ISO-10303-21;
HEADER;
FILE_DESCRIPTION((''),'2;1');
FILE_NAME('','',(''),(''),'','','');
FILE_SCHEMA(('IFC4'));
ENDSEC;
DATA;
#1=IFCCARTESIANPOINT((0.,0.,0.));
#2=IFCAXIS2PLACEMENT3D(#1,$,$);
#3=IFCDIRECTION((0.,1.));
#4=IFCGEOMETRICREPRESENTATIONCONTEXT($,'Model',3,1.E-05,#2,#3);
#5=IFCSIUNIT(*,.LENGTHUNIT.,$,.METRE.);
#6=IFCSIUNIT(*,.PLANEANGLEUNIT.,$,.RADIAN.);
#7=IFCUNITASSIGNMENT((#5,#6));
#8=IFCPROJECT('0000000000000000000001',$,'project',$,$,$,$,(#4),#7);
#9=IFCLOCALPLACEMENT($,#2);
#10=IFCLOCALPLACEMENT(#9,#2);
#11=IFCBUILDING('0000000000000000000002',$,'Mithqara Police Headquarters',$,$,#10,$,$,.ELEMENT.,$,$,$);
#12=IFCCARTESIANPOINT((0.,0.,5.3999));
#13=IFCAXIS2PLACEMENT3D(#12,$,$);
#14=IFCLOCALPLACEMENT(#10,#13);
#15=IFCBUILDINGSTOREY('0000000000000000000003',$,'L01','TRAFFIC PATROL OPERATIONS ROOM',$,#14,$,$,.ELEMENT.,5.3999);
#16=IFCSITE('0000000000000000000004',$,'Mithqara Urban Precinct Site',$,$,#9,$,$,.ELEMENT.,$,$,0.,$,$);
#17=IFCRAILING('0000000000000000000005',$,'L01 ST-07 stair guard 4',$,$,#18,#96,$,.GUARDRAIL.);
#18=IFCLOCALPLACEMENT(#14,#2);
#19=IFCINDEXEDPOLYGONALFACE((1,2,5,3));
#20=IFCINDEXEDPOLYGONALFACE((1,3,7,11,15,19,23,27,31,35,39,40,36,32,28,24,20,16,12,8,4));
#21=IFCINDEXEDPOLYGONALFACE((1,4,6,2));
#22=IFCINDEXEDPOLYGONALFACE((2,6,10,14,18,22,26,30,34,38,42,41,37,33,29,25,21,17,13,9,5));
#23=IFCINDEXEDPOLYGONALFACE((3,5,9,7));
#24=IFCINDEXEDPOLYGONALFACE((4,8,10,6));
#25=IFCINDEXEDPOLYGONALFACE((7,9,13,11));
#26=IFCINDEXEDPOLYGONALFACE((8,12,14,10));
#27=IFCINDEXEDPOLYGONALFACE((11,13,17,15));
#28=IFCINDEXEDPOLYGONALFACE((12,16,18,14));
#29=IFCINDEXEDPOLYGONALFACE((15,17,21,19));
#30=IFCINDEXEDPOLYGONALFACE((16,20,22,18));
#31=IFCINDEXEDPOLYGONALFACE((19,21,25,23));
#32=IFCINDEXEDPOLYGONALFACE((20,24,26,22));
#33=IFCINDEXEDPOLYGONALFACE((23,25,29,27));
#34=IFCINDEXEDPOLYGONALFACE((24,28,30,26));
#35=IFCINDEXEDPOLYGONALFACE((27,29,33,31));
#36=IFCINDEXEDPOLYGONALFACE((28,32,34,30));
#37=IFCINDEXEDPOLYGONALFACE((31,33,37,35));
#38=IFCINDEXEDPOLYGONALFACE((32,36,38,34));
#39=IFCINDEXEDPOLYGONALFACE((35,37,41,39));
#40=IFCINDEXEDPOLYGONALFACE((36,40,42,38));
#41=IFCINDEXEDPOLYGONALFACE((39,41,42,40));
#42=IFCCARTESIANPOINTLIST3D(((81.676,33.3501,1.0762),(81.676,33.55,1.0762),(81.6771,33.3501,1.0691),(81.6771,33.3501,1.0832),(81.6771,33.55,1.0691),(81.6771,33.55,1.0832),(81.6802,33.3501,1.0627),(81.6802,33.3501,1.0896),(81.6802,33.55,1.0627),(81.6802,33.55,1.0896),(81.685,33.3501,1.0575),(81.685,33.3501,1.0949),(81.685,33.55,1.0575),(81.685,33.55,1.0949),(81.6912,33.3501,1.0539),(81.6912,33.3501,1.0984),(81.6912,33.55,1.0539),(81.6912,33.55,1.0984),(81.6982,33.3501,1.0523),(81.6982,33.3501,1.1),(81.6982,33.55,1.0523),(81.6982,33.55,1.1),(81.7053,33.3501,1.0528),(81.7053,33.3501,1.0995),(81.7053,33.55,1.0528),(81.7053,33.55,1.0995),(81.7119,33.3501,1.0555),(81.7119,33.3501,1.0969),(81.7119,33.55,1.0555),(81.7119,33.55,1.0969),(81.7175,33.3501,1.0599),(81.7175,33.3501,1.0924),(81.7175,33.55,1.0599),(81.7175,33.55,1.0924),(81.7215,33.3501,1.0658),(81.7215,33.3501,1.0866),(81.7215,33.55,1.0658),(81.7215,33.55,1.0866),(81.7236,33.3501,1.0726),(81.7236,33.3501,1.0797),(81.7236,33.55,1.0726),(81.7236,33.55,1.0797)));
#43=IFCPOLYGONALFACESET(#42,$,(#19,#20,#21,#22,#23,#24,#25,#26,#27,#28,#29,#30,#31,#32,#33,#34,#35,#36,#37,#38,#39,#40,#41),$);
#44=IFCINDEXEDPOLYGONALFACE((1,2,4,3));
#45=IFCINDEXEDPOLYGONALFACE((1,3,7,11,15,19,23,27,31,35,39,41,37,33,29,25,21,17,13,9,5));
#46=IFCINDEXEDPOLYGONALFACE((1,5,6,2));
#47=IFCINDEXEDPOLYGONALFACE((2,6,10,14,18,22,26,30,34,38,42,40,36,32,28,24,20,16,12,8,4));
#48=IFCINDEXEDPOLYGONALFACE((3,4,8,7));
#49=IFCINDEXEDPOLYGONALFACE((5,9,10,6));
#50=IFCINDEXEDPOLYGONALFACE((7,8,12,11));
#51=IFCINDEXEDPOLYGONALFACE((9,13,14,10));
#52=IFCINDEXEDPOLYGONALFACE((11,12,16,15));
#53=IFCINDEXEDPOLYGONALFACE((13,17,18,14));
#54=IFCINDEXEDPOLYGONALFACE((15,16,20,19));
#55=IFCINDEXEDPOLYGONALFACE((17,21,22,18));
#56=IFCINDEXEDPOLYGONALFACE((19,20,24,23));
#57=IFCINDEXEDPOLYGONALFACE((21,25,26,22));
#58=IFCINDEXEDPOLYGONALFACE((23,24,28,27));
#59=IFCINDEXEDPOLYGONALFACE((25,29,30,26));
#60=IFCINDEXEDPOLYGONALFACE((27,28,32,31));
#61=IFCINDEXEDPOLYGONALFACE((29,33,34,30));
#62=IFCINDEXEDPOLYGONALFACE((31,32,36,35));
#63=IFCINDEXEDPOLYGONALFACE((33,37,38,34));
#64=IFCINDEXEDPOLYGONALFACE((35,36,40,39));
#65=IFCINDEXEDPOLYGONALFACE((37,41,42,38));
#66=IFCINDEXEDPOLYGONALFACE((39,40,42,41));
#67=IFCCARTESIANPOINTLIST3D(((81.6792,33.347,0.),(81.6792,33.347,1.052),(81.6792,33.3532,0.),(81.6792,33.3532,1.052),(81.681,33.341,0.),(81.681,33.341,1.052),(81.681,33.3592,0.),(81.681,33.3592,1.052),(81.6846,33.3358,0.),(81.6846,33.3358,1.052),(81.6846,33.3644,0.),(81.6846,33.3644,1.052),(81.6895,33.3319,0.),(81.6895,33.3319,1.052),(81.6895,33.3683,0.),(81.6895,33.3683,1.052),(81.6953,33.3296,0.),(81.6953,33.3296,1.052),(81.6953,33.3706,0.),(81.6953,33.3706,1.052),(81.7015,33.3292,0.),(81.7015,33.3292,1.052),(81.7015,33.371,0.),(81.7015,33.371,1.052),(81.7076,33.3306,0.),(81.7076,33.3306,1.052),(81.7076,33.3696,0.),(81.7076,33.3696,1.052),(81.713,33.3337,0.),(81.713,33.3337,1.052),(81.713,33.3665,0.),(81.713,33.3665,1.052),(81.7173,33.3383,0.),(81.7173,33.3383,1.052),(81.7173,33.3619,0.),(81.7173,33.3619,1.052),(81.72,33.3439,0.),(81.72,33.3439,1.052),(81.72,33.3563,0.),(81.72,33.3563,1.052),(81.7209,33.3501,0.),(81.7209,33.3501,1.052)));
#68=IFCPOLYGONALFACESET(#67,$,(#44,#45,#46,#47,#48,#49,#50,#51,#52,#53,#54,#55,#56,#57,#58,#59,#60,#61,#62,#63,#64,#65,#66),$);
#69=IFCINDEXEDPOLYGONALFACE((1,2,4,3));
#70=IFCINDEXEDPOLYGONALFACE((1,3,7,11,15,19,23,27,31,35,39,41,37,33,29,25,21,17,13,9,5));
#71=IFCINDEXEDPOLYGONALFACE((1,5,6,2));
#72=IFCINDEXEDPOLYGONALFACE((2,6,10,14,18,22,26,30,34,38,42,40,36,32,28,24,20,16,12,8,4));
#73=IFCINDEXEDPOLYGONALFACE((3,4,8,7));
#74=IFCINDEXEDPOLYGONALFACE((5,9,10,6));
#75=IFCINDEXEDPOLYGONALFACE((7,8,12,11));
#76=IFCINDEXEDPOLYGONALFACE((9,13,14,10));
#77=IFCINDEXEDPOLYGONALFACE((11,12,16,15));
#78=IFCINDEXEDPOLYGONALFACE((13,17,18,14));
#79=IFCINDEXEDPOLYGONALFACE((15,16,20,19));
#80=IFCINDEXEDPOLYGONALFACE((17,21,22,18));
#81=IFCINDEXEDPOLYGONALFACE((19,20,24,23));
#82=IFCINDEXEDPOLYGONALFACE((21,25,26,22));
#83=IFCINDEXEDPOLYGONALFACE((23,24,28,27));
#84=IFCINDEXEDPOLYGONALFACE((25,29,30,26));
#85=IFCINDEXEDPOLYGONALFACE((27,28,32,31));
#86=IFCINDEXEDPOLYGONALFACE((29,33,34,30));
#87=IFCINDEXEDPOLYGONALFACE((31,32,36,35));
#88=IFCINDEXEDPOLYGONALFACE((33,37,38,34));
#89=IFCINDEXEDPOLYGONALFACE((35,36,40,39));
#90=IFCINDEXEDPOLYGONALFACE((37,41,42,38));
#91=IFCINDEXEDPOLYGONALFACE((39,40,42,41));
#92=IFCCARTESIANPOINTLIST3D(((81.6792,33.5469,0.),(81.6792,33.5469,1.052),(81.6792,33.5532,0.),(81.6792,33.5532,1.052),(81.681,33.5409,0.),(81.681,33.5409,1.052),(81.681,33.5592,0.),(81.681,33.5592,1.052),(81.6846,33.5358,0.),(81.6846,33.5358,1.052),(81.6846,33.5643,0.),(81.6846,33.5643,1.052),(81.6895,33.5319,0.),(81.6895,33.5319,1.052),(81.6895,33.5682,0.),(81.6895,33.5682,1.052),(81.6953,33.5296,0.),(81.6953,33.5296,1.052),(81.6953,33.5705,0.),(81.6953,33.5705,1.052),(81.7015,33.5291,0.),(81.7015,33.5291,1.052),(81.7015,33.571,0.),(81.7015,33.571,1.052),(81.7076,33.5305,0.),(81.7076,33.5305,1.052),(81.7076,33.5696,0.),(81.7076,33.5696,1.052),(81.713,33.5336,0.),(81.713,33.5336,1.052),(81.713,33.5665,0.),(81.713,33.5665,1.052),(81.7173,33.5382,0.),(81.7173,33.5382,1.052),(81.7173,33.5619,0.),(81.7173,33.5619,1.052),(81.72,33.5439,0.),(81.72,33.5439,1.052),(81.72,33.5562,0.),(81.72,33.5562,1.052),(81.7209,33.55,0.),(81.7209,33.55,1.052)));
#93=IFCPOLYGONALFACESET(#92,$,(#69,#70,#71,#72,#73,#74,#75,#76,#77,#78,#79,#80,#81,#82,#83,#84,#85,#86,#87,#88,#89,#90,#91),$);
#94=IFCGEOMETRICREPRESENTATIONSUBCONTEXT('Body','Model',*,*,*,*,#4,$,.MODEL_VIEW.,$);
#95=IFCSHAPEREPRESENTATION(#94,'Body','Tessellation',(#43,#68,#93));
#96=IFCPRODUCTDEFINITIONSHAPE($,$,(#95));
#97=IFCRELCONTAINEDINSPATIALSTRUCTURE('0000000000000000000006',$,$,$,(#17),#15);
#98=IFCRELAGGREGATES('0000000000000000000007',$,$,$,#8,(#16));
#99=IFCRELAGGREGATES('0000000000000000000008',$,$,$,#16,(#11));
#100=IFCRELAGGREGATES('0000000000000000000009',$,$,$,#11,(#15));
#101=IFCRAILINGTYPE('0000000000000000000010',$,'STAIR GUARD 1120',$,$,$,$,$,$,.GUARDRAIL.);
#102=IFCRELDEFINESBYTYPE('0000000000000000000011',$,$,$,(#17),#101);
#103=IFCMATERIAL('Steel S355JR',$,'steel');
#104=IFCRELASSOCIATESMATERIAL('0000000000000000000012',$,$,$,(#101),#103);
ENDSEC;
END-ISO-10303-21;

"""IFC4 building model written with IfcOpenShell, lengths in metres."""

from ifc_helpers import new_model, si_unit, direction, frame, origin, origin_2d, place, context, subcontext, project, spatial, circle, extrude, material, type_object, element, save


model = new_model("IFC4")

# Units and contexts
model_context = context("Model", 3, precision=1e-05, world=origin(), true_north=direction((0.0, 1.0)))
body_context = subcontext(model_context, "Body", "Model", "MODEL_VIEW")
ifc_project = project(units=[si_unit("LENGTHUNIT", "METRE"), si_unit("PLANEANGLEUNIT", "RADIAN")], contexts=[model_context])

# Site, building, storey
site_placement = place(None, origin())
site = spatial("IfcSite", under=ifc_project, at=site_placement, Name="Mithqara Urban Precinct Site", CompositionType="ELEMENT", RefElevation=0.0)
building_placement = place(site_placement, origin())
building = spatial("IfcBuilding", under=site, at=building_placement, Name="Mithqara Police Headquarters", CompositionType="ELEMENT")
storey_placement = place(building_placement, frame((0.0, 0.0, 5.3999)))
storey = spatial("IfcBuildingStorey", under=building, at=storey_placement, Name="L01", Description="TRAFFIC PATROL OPERATIONS ROOM", CompositionType="ELEMENT", Elevation=5.3999)

# Railing
ifc_material_1 = material(Name="Steel S355JR", Category="steel")
railing_type_1 = type_object("IfcRailingType", Name="STAIR GUARD 1120", PredefinedType="GUARDRAIL", material=ifc_material_1)
railing_1_placement = place(storey_placement, frame((81.7, 33.3501, 0.0)))
element("IfcRailing", 1, at=railing_1_placement, inside=storey, type_object=railing_type_1, Name="L01 ST-07 stair guard 4", PredefinedType="GUARDRAIL", context=body_context, shape_type="SweptSolid", body=[
    extrude(circle(Radius=0.0239, at=origin_2d()), frame((0.0, 0.0, 1.0762), z_axis=(0.0, 1.0, 0.0), x_axis=(-1.0, 0.0, 0.0)), (0.0, 0.0, 1.0), 0.2),
    extrude(circle(Radius=0.021, at=origin_2d()), origin(), (0.0, 0.0, 1.0), 1.052),
    extrude(circle(Radius=0.021, at=origin_2d()), frame((0.0, 0.2, 0.0)), (0.0, 0.0, 1.0), 1.052),
])

save(model, "model.ifc")
